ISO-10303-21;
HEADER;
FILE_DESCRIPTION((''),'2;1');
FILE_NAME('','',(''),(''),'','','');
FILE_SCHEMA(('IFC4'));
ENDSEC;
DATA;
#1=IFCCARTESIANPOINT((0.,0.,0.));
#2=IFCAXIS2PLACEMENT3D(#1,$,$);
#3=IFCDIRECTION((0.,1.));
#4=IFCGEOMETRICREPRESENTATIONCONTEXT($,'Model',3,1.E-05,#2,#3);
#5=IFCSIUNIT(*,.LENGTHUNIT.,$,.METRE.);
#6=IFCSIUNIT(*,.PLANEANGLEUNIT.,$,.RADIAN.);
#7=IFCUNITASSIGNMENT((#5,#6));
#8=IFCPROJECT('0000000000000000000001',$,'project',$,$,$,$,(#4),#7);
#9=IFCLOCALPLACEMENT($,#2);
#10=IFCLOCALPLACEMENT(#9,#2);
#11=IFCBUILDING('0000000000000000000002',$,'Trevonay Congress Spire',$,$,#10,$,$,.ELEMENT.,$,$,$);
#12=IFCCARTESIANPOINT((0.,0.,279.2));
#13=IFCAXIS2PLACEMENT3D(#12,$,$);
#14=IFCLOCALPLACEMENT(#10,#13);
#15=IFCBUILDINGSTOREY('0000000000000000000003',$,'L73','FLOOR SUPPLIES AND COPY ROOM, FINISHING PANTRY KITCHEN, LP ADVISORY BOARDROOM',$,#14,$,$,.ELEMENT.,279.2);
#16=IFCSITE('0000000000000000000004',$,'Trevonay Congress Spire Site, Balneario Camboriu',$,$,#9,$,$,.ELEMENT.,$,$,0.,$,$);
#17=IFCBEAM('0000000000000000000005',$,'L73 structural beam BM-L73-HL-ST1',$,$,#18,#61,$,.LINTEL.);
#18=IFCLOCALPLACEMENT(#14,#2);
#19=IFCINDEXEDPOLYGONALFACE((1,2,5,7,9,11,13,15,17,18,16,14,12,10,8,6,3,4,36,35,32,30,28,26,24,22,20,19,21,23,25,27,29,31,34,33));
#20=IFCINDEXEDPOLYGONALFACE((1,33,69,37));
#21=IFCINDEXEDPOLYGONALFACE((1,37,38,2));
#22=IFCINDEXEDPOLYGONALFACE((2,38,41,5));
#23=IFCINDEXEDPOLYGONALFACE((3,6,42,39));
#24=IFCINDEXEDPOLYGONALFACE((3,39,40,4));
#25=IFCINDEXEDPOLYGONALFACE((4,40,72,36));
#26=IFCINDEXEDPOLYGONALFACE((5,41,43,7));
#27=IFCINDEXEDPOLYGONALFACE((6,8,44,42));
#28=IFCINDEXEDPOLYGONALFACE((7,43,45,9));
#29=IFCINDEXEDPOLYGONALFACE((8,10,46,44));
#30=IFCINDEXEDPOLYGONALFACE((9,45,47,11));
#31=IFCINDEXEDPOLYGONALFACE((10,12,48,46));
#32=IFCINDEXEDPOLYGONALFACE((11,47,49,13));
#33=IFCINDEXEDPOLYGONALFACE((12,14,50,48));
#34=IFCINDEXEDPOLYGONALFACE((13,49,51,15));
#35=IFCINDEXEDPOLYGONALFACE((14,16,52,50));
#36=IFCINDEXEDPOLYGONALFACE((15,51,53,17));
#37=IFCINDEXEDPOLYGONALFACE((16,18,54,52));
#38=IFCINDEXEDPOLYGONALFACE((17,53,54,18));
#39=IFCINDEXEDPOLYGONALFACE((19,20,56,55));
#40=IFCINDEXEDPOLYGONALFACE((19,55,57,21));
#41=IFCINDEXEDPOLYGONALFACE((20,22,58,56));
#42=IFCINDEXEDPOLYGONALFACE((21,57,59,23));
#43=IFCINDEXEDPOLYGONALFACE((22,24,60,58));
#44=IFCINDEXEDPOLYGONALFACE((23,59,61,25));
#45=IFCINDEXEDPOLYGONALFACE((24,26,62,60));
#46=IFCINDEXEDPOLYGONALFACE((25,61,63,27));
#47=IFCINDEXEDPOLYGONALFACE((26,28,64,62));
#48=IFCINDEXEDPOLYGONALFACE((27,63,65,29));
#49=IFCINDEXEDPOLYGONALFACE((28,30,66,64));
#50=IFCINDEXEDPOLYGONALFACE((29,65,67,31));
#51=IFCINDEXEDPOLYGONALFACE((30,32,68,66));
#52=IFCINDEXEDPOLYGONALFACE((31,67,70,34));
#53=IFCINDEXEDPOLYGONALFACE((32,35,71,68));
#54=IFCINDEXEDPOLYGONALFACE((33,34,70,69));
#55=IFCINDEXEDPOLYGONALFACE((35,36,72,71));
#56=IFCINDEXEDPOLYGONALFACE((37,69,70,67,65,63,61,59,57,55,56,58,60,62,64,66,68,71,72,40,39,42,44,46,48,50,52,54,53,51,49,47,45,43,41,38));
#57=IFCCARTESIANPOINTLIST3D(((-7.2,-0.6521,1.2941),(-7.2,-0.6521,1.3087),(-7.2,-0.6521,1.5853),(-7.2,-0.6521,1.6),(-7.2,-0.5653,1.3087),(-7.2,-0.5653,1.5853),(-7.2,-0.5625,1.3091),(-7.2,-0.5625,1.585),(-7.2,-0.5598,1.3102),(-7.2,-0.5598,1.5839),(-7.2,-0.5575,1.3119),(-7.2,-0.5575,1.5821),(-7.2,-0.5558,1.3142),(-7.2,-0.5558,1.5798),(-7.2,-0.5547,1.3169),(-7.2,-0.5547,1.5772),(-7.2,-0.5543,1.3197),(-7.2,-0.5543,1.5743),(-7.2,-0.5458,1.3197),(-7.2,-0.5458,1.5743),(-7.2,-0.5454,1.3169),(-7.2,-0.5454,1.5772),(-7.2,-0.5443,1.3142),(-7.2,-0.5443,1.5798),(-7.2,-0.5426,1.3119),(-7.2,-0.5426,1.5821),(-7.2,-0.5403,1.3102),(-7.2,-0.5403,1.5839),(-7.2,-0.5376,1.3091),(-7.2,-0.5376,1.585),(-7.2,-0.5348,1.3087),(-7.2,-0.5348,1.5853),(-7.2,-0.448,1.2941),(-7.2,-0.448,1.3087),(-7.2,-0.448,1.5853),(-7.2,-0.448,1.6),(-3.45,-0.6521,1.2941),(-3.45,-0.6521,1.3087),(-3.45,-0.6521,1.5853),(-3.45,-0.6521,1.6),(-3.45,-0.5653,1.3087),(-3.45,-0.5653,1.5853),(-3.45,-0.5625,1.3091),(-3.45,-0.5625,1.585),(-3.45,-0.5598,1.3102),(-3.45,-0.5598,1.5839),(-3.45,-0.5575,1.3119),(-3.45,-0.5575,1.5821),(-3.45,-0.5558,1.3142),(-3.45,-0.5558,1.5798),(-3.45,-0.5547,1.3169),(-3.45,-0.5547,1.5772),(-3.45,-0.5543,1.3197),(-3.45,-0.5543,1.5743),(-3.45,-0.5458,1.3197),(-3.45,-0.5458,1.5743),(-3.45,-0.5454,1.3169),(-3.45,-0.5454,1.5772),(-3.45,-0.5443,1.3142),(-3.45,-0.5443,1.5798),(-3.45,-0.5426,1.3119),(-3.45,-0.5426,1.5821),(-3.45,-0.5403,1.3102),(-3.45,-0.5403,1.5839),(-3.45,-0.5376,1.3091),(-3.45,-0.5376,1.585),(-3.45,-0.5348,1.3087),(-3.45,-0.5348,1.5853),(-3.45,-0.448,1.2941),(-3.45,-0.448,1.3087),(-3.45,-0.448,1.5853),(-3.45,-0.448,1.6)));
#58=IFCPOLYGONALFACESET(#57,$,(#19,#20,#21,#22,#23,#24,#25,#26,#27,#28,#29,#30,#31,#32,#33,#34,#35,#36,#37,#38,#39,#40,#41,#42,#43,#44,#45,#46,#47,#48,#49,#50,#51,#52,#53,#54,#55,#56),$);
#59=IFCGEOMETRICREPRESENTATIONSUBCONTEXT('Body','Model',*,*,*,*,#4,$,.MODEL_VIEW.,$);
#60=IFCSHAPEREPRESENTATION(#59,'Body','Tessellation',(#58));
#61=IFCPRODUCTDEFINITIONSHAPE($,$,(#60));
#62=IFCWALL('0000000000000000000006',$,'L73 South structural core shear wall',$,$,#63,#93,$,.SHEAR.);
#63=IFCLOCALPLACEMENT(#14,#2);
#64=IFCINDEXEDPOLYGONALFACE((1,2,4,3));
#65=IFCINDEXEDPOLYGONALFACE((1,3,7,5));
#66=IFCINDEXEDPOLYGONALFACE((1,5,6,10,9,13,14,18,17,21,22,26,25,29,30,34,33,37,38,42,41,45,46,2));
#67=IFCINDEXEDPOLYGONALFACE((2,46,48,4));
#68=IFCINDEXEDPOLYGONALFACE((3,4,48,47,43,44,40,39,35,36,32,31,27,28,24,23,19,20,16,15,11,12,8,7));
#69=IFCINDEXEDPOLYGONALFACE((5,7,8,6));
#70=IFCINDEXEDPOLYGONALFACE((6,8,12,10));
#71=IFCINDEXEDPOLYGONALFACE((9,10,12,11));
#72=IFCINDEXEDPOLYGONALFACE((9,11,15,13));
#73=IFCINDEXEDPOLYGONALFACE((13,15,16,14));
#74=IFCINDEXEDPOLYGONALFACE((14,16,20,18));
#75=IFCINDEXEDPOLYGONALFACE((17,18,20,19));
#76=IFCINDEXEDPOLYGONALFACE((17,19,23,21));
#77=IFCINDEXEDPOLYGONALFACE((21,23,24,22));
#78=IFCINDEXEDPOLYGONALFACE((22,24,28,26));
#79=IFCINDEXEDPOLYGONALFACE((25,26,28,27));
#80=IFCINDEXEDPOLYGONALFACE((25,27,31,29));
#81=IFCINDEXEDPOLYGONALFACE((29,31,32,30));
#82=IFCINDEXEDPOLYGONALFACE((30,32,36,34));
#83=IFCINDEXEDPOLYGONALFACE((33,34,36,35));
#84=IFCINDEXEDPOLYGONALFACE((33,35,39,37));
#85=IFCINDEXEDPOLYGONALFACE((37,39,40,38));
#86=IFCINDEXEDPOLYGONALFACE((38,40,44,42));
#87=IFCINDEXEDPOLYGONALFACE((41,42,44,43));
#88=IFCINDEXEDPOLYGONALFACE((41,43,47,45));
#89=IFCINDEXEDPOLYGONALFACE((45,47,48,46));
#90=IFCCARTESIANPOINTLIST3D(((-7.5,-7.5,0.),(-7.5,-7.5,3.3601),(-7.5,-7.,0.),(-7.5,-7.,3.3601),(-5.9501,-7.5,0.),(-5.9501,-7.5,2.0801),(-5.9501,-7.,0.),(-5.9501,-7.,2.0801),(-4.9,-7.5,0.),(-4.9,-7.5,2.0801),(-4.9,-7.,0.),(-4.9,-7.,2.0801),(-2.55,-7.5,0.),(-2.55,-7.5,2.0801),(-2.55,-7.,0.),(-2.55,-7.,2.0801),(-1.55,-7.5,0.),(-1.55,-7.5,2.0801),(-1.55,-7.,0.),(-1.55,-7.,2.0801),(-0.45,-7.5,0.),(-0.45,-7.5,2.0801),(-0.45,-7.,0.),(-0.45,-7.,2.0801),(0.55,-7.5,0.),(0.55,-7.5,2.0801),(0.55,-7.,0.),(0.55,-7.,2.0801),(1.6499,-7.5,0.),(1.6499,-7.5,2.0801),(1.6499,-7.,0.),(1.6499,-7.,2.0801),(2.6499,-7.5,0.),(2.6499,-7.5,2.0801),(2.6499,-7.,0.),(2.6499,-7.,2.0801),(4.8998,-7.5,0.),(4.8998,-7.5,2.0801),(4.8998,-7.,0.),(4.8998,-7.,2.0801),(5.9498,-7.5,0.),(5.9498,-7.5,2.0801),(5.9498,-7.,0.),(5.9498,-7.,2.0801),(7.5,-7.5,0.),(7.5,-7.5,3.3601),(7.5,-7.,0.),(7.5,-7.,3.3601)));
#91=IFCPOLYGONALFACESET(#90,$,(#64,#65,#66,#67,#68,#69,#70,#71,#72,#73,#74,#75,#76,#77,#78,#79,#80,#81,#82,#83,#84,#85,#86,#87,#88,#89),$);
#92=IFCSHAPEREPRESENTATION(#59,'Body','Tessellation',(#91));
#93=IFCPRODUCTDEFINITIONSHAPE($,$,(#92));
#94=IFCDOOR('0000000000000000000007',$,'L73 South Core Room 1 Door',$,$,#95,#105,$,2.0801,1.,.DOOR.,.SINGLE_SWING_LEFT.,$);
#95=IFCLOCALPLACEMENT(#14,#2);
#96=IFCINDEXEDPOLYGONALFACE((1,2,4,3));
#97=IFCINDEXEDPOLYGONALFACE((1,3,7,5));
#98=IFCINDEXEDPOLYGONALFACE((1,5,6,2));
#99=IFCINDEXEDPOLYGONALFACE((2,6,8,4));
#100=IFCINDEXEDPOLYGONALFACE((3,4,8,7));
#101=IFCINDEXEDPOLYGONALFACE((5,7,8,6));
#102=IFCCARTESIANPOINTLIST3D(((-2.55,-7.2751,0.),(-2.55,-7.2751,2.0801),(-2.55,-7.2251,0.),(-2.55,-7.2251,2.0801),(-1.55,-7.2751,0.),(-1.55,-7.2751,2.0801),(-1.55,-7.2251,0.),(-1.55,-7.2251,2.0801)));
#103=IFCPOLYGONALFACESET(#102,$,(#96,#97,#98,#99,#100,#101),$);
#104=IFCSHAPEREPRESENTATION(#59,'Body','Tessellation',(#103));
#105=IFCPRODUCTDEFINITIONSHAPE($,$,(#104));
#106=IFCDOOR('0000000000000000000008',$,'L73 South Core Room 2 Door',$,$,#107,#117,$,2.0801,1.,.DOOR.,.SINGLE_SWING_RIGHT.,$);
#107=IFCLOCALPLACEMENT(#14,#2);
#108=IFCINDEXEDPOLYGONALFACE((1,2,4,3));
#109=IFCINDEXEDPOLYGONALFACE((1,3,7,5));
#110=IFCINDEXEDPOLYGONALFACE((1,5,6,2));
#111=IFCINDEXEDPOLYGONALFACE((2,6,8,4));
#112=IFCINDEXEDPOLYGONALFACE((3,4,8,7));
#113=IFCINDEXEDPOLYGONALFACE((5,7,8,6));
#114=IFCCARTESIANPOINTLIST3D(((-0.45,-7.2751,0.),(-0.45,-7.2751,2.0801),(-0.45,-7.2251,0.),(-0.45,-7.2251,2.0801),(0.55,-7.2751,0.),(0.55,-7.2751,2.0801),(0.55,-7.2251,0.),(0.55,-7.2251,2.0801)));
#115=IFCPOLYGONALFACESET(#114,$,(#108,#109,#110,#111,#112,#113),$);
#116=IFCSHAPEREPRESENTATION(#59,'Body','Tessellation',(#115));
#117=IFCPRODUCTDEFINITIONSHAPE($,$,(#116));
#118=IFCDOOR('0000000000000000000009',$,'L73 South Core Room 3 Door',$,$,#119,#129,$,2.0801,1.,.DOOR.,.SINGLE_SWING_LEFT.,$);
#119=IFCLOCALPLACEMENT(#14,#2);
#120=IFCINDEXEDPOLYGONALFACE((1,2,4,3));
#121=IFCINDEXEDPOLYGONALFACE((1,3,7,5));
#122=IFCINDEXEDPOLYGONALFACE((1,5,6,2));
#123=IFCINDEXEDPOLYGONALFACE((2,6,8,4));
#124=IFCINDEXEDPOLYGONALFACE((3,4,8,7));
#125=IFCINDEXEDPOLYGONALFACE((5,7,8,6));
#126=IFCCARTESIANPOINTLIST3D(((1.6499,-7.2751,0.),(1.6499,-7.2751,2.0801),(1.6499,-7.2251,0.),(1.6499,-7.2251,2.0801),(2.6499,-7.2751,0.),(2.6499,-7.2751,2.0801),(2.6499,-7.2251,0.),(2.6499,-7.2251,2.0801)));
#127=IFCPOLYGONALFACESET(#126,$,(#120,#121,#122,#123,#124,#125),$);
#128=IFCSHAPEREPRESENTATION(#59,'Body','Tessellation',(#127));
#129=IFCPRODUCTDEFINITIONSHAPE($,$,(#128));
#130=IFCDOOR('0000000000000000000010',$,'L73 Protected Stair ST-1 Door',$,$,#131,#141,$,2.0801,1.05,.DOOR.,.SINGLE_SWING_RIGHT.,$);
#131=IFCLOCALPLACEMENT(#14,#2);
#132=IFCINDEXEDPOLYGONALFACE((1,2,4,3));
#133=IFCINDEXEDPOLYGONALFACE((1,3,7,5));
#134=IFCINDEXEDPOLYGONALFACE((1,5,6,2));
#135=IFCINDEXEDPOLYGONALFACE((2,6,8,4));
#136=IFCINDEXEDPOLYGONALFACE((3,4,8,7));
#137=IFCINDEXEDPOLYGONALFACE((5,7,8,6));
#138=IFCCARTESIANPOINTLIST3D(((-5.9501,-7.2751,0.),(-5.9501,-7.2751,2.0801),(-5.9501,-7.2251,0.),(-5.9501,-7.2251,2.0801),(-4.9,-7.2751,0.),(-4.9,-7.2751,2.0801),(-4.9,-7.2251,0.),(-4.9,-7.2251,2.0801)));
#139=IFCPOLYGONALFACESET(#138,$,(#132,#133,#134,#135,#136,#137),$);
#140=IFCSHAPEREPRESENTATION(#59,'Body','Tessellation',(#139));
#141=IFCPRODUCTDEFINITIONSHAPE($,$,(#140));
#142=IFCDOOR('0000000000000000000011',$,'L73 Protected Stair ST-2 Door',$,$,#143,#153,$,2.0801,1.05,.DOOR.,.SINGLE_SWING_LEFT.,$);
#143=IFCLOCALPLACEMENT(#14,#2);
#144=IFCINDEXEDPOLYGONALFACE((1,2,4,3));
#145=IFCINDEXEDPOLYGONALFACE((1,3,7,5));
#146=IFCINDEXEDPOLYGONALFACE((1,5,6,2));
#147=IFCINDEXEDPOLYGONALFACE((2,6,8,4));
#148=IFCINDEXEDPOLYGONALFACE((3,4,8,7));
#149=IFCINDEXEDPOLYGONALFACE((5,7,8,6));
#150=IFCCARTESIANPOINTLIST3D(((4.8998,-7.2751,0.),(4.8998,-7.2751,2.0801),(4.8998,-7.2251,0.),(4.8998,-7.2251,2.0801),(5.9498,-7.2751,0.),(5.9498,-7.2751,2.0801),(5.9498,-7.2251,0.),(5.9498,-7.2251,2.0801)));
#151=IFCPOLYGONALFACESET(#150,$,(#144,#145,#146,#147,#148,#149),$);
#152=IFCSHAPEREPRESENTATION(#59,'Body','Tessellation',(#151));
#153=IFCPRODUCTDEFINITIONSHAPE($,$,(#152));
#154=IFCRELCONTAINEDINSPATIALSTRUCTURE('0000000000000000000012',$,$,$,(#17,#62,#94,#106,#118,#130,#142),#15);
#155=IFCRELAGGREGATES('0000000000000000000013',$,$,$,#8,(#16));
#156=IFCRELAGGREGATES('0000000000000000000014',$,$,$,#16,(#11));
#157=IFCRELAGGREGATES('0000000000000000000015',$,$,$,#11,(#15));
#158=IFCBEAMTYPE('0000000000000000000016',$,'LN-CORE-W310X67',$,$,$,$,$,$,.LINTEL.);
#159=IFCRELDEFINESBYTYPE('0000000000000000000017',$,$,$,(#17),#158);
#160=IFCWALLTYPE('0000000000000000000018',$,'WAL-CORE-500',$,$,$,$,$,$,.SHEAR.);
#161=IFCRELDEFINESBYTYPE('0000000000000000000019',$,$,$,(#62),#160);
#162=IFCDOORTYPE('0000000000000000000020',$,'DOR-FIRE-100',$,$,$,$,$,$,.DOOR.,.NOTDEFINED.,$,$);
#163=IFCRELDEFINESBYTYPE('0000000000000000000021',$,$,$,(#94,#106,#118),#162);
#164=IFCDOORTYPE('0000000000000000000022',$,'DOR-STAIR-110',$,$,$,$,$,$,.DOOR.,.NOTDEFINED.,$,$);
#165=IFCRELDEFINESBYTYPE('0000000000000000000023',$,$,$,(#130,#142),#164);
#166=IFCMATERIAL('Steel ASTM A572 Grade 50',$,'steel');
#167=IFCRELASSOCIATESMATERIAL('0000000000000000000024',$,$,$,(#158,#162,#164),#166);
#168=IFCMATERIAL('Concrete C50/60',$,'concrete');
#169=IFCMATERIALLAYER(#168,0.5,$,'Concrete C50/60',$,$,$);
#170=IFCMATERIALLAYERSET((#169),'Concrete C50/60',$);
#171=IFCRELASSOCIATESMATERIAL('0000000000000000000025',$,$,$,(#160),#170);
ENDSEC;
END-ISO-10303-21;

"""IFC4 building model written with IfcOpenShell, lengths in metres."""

from ifc_helpers import new_model, si_unit, direction, frame, frame_2d, origin, origin_2d, place, context, subcontext, project, spatial, rectangle, i_section, extrude, material, layer, layer_set, material_profile, profile_set, type_object, element, fill, save


model = new_model("IFC4")

# Units and contexts
model_context = context("Model", 3, precision=1e-05, world=origin(), true_north=direction((0.0, 1.0)))
body_context = subcontext(model_context, "Body", "Model", "MODEL_VIEW")
ifc_project = project(units=[si_unit("LENGTHUNIT", "METRE"), si_unit("PLANEANGLEUNIT", "RADIAN")], contexts=[model_context])

# Site, building, storey
site_placement = place(None, origin())
site = spatial("IfcSite", under=ifc_project, at=site_placement, Name="Trevonay Congress Spire Site, Balneario Camboriu", CompositionType="ELEMENT", RefElevation=0.0)
building_placement = place(site_placement, origin())
building = spatial("IfcBuilding", under=site, at=building_placement, Name="Trevonay Congress Spire", CompositionType="ELEMENT")
storey_placement = place(building_placement, frame((0.0, 0.0, 279.2)))
storey = spatial("IfcBuildingStorey", under=building, at=storey_placement, Name="L73", Description="FLOOR SUPPLIES AND COPY ROOM, FINISHING PANTRY KITCHEN, LP ADVISORY BOARDROOM", CompositionType="ELEMENT", Elevation=279.2)

# Shared definitions
ifc_material_1 = material(Name="Steel ASTM A572 Grade 50", Category="steel")

# Beam
ifc_material_profile_1 = material_profile(ifc_material_1, i_section(OverallWidth=0.2041, OverallDepth=0.3059, WebThickness=0.0085, FlangeThickness=0.0146, FilletRadius=0.011, at=origin_2d()), Name="W310x67")
ifc_profile_set_1 = profile_set([ifc_material_profile_1], Name="Steel ASTM A572 Grade 50")
beam_type_1 = type_object("IfcBeamType", Name="LN-CORE-W310X67", PredefinedType="LINTEL", material=ifc_profile_set_1)
beam_1_placement = place(storey_placement, frame((-7.2, -0.55, 1.447), z_axis=(1.0, 0.0, 0.0), x_axis=(0.0, 1.0, 0.0)))
element("IfcBeam", 1, at=beam_1_placement, inside=storey, type_object=beam_type_1, Name="L73 structural beam BM-L73-HL-ST1", PredefinedType="LINTEL", context=body_context, shape_type="SweptSolid", body=[
    extrude(i_section(OverallWidth=0.2041, OverallDepth=0.3059, WebThickness=0.0085, FlangeThickness=0.0146, FilletRadius=0.011, at=origin_2d()), origin(), (0.0, 0.0, 1.0), 3.75),
])

# Wall, openings, doors
ifc_material_2 = material(Name="Concrete C50/60", Category="concrete")
ifc_layer_1 = layer(ifc_material_2, 0.5, Name="Concrete C50/60")
ifc_layer_set_1 = layer_set([ifc_layer_1], Name="Concrete C50/60")
wall_type_1 = type_object("IfcWallType", Name="WAL-CORE-500", PredefinedType="SHEAR", material=ifc_layer_set_1)
wall_1_placement = place(storey_placement, frame((-7.5, -7.25, 0.0), z_axis=(0.0, 0.0, 1.0), x_axis=(1.0, 0.0, 0.0)))
wall_1 = element("IfcWall", 2, at=wall_1_placement, inside=storey, type_object=wall_type_1, Name="L73 South structural core shear wall", PredefinedType="SHEAR", context=body_context, shape_type="SweptSolid", body=[
    extrude(rectangle(XDim=15.0, YDim=0.5, at=frame_2d((7.5, 0.0))), origin(), (0.0, 0.0, 1.0), 3.3601),
])
opening_1_placement = place(wall_1_placement, frame((1.55, 0.0, 0.0)))
opening_1 = element("IfcOpeningElement", 3, at=opening_1_placement, cuts=wall_1, PredefinedType="OPENING", context=body_context, shape_type="SweptSolid", body=[
    extrude(rectangle(XDim=1.05, YDim=2.0801, at=frame_2d((0.5249, 1.04))), frame((0.0, 0.26, 0.0), z_axis=(0.0, -1.0, 0.0), x_axis=(1.0, 0.0, 0.0)), (0.0, 0.0, 1.0), 0.52),
])
opening_2_placement = place(wall_1_placement, frame((12.3999, 0.0, 0.0)))
opening_2 = element("IfcOpeningElement", 4, at=opening_2_placement, cuts=wall_1, PredefinedType="OPENING", context=body_context, shape_type="SweptSolid", body=[
    extrude(rectangle(XDim=1.05, YDim=2.0801, at=frame_2d((0.5249, 1.04))), frame((0.0, 0.26, 0.0), z_axis=(0.0, -1.0, 0.0), x_axis=(1.0, 0.0, 0.0)), (0.0, 0.0, 1.0), 0.52),
])
opening_3_placement = place(wall_1_placement, frame((4.95, 0.0, 0.0)))
opening_3 = element("IfcOpeningElement", 5, at=opening_3_placement, cuts=wall_1, PredefinedType="OPENING", context=body_context, shape_type="SweptSolid", body=[
    extrude(rectangle(XDim=1.0, YDim=2.0801, at=frame_2d((0.5, 1.04))), frame((0.0, 0.26, 0.0), z_axis=(0.0, -1.0, 0.0), x_axis=(1.0, 0.0, 0.0)), (0.0, 0.0, 1.0), 0.52),
])
opening_4_placement = place(wall_1_placement, frame((7.05, 0.0, 0.0)))
opening_4 = element("IfcOpeningElement", 6, at=opening_4_placement, cuts=wall_1, PredefinedType="OPENING", context=body_context, shape_type="SweptSolid", body=[
    extrude(rectangle(XDim=1.0, YDim=2.0801, at=frame_2d((0.5, 1.04))), frame((0.0, 0.26, 0.0), z_axis=(0.0, -1.0, 0.0), x_axis=(1.0, 0.0, 0.0)), (0.0, 0.0, 1.0), 0.52),
])
opening_5_placement = place(wall_1_placement, frame((9.1499, 0.0, 0.0)))
opening_5 = element("IfcOpeningElement", 7, at=opening_5_placement, cuts=wall_1, PredefinedType="OPENING", context=body_context, shape_type="SweptSolid", body=[
    extrude(rectangle(XDim=1.0, YDim=2.0801, at=frame_2d((0.5, 1.04))), frame((0.0, 0.26, 0.0), z_axis=(0.0, -1.0, 0.0), x_axis=(1.0, 0.0, 0.0)), (0.0, 0.0, 1.0), 0.52),
])
door_type_1 = type_object("IfcDoorType", Name="DOR-FIRE-100", OperationType="NOTDEFINED", PredefinedType="DOOR", material=ifc_material_1)
door_1_placement = place(opening_3_placement, origin())
door_1 = element("IfcDoor", 8, at=door_1_placement, inside=storey, type_object=door_type_1, Name="L73 South Core Room 1 Door", OperationType="SINGLE_SWING_LEFT", OverallHeight=2.0801, OverallWidth=1.0, PredefinedType="DOOR", context=body_context, shape_type="SweptSolid", body=[
    extrude(rectangle(XDim=1.0, YDim=2.0801, at=frame_2d((0.5, 1.04))), frame((0.0, 0.0249, 0.0), z_axis=(0.0, -1.0, 0.0), x_axis=(1.0, 0.0, 0.0)), (0.0, 0.0, 1.0), 0.05),
])
fill(opening_3, door_1)
door_2_placement = place(opening_4_placement, origin())
door_2 = element("IfcDoor", 9, at=door_2_placement, inside=storey, type_object=door_type_1, Name="L73 South Core Room 2 Door", OperationType="SINGLE_SWING_RIGHT", OverallHeight=2.0801, OverallWidth=1.0, PredefinedType="DOOR", context=body_context, shape_type="SweptSolid", body=[
    extrude(rectangle(XDim=1.0, YDim=2.0801, at=frame_2d((0.5, 1.04))), frame((0.0, 0.0249, 0.0), z_axis=(0.0, -1.0, 0.0), x_axis=(1.0, 0.0, 0.0)), (0.0, 0.0, 1.0), 0.05),
])
fill(opening_4, door_2)
door_3_placement = place(opening_5_placement, origin())
door_3 = element("IfcDoor", 10, at=door_3_placement, inside=storey, type_object=door_type_1, Name="L73 South Core Room 3 Door", OperationType="SINGLE_SWING_LEFT", OverallHeight=2.0801, OverallWidth=1.0, PredefinedType="DOOR", context=body_context, shape_type="SweptSolid", body=[
    extrude(rectangle(XDim=1.0, YDim=2.0801, at=frame_2d((0.5, 1.04))), frame((0.0, 0.0249, 0.0), z_axis=(0.0, -1.0, 0.0), x_axis=(1.0, 0.0, 0.0)), (0.0, 0.0, 1.0), 0.05),
])
fill(opening_5, door_3)
door_type_2 = type_object("IfcDoorType", Name="DOR-STAIR-110", OperationType="NOTDEFINED", PredefinedType="DOOR", material=ifc_material_1)
door_4_placement = place(opening_1_placement, origin())
door_4 = element("IfcDoor", 11, at=door_4_placement, inside=storey, type_object=door_type_2, Name="L73 Protected Stair ST-1 Door", OperationType="SINGLE_SWING_RIGHT", OverallHeight=2.0801, OverallWidth=1.05, PredefinedType="DOOR", context=body_context, shape_type="SweptSolid", body=[
    extrude(rectangle(XDim=1.05, YDim=2.0801, at=frame_2d((0.5249, 1.04))), frame((0.0, 0.0249, 0.0), z_axis=(0.0, -1.0, 0.0), x_axis=(1.0, 0.0, 0.0)), (0.0, 0.0, 1.0), 0.05),
])
fill(opening_1, door_4)
door_5_placement = place(opening_2_placement, origin())
door_5 = element("IfcDoor", 12, at=door_5_placement, inside=storey, type_object=door_type_2, Name="L73 Protected Stair ST-2 Door", OperationType="SINGLE_SWING_LEFT", OverallHeight=2.0801, OverallWidth=1.05, PredefinedType="DOOR", context=body_context, shape_type="SweptSolid", body=[
    extrude(rectangle(XDim=1.05, YDim=2.0801, at=frame_2d((0.5249, 1.04))), frame((0.0, 0.0249, 0.0), z_axis=(0.0, -1.0, 0.0), x_axis=(1.0, 0.0, 0.0)), (0.0, 0.0, 1.0), 0.05),
])
fill(opening_2, door_5)

save(model, "model.ifc")
